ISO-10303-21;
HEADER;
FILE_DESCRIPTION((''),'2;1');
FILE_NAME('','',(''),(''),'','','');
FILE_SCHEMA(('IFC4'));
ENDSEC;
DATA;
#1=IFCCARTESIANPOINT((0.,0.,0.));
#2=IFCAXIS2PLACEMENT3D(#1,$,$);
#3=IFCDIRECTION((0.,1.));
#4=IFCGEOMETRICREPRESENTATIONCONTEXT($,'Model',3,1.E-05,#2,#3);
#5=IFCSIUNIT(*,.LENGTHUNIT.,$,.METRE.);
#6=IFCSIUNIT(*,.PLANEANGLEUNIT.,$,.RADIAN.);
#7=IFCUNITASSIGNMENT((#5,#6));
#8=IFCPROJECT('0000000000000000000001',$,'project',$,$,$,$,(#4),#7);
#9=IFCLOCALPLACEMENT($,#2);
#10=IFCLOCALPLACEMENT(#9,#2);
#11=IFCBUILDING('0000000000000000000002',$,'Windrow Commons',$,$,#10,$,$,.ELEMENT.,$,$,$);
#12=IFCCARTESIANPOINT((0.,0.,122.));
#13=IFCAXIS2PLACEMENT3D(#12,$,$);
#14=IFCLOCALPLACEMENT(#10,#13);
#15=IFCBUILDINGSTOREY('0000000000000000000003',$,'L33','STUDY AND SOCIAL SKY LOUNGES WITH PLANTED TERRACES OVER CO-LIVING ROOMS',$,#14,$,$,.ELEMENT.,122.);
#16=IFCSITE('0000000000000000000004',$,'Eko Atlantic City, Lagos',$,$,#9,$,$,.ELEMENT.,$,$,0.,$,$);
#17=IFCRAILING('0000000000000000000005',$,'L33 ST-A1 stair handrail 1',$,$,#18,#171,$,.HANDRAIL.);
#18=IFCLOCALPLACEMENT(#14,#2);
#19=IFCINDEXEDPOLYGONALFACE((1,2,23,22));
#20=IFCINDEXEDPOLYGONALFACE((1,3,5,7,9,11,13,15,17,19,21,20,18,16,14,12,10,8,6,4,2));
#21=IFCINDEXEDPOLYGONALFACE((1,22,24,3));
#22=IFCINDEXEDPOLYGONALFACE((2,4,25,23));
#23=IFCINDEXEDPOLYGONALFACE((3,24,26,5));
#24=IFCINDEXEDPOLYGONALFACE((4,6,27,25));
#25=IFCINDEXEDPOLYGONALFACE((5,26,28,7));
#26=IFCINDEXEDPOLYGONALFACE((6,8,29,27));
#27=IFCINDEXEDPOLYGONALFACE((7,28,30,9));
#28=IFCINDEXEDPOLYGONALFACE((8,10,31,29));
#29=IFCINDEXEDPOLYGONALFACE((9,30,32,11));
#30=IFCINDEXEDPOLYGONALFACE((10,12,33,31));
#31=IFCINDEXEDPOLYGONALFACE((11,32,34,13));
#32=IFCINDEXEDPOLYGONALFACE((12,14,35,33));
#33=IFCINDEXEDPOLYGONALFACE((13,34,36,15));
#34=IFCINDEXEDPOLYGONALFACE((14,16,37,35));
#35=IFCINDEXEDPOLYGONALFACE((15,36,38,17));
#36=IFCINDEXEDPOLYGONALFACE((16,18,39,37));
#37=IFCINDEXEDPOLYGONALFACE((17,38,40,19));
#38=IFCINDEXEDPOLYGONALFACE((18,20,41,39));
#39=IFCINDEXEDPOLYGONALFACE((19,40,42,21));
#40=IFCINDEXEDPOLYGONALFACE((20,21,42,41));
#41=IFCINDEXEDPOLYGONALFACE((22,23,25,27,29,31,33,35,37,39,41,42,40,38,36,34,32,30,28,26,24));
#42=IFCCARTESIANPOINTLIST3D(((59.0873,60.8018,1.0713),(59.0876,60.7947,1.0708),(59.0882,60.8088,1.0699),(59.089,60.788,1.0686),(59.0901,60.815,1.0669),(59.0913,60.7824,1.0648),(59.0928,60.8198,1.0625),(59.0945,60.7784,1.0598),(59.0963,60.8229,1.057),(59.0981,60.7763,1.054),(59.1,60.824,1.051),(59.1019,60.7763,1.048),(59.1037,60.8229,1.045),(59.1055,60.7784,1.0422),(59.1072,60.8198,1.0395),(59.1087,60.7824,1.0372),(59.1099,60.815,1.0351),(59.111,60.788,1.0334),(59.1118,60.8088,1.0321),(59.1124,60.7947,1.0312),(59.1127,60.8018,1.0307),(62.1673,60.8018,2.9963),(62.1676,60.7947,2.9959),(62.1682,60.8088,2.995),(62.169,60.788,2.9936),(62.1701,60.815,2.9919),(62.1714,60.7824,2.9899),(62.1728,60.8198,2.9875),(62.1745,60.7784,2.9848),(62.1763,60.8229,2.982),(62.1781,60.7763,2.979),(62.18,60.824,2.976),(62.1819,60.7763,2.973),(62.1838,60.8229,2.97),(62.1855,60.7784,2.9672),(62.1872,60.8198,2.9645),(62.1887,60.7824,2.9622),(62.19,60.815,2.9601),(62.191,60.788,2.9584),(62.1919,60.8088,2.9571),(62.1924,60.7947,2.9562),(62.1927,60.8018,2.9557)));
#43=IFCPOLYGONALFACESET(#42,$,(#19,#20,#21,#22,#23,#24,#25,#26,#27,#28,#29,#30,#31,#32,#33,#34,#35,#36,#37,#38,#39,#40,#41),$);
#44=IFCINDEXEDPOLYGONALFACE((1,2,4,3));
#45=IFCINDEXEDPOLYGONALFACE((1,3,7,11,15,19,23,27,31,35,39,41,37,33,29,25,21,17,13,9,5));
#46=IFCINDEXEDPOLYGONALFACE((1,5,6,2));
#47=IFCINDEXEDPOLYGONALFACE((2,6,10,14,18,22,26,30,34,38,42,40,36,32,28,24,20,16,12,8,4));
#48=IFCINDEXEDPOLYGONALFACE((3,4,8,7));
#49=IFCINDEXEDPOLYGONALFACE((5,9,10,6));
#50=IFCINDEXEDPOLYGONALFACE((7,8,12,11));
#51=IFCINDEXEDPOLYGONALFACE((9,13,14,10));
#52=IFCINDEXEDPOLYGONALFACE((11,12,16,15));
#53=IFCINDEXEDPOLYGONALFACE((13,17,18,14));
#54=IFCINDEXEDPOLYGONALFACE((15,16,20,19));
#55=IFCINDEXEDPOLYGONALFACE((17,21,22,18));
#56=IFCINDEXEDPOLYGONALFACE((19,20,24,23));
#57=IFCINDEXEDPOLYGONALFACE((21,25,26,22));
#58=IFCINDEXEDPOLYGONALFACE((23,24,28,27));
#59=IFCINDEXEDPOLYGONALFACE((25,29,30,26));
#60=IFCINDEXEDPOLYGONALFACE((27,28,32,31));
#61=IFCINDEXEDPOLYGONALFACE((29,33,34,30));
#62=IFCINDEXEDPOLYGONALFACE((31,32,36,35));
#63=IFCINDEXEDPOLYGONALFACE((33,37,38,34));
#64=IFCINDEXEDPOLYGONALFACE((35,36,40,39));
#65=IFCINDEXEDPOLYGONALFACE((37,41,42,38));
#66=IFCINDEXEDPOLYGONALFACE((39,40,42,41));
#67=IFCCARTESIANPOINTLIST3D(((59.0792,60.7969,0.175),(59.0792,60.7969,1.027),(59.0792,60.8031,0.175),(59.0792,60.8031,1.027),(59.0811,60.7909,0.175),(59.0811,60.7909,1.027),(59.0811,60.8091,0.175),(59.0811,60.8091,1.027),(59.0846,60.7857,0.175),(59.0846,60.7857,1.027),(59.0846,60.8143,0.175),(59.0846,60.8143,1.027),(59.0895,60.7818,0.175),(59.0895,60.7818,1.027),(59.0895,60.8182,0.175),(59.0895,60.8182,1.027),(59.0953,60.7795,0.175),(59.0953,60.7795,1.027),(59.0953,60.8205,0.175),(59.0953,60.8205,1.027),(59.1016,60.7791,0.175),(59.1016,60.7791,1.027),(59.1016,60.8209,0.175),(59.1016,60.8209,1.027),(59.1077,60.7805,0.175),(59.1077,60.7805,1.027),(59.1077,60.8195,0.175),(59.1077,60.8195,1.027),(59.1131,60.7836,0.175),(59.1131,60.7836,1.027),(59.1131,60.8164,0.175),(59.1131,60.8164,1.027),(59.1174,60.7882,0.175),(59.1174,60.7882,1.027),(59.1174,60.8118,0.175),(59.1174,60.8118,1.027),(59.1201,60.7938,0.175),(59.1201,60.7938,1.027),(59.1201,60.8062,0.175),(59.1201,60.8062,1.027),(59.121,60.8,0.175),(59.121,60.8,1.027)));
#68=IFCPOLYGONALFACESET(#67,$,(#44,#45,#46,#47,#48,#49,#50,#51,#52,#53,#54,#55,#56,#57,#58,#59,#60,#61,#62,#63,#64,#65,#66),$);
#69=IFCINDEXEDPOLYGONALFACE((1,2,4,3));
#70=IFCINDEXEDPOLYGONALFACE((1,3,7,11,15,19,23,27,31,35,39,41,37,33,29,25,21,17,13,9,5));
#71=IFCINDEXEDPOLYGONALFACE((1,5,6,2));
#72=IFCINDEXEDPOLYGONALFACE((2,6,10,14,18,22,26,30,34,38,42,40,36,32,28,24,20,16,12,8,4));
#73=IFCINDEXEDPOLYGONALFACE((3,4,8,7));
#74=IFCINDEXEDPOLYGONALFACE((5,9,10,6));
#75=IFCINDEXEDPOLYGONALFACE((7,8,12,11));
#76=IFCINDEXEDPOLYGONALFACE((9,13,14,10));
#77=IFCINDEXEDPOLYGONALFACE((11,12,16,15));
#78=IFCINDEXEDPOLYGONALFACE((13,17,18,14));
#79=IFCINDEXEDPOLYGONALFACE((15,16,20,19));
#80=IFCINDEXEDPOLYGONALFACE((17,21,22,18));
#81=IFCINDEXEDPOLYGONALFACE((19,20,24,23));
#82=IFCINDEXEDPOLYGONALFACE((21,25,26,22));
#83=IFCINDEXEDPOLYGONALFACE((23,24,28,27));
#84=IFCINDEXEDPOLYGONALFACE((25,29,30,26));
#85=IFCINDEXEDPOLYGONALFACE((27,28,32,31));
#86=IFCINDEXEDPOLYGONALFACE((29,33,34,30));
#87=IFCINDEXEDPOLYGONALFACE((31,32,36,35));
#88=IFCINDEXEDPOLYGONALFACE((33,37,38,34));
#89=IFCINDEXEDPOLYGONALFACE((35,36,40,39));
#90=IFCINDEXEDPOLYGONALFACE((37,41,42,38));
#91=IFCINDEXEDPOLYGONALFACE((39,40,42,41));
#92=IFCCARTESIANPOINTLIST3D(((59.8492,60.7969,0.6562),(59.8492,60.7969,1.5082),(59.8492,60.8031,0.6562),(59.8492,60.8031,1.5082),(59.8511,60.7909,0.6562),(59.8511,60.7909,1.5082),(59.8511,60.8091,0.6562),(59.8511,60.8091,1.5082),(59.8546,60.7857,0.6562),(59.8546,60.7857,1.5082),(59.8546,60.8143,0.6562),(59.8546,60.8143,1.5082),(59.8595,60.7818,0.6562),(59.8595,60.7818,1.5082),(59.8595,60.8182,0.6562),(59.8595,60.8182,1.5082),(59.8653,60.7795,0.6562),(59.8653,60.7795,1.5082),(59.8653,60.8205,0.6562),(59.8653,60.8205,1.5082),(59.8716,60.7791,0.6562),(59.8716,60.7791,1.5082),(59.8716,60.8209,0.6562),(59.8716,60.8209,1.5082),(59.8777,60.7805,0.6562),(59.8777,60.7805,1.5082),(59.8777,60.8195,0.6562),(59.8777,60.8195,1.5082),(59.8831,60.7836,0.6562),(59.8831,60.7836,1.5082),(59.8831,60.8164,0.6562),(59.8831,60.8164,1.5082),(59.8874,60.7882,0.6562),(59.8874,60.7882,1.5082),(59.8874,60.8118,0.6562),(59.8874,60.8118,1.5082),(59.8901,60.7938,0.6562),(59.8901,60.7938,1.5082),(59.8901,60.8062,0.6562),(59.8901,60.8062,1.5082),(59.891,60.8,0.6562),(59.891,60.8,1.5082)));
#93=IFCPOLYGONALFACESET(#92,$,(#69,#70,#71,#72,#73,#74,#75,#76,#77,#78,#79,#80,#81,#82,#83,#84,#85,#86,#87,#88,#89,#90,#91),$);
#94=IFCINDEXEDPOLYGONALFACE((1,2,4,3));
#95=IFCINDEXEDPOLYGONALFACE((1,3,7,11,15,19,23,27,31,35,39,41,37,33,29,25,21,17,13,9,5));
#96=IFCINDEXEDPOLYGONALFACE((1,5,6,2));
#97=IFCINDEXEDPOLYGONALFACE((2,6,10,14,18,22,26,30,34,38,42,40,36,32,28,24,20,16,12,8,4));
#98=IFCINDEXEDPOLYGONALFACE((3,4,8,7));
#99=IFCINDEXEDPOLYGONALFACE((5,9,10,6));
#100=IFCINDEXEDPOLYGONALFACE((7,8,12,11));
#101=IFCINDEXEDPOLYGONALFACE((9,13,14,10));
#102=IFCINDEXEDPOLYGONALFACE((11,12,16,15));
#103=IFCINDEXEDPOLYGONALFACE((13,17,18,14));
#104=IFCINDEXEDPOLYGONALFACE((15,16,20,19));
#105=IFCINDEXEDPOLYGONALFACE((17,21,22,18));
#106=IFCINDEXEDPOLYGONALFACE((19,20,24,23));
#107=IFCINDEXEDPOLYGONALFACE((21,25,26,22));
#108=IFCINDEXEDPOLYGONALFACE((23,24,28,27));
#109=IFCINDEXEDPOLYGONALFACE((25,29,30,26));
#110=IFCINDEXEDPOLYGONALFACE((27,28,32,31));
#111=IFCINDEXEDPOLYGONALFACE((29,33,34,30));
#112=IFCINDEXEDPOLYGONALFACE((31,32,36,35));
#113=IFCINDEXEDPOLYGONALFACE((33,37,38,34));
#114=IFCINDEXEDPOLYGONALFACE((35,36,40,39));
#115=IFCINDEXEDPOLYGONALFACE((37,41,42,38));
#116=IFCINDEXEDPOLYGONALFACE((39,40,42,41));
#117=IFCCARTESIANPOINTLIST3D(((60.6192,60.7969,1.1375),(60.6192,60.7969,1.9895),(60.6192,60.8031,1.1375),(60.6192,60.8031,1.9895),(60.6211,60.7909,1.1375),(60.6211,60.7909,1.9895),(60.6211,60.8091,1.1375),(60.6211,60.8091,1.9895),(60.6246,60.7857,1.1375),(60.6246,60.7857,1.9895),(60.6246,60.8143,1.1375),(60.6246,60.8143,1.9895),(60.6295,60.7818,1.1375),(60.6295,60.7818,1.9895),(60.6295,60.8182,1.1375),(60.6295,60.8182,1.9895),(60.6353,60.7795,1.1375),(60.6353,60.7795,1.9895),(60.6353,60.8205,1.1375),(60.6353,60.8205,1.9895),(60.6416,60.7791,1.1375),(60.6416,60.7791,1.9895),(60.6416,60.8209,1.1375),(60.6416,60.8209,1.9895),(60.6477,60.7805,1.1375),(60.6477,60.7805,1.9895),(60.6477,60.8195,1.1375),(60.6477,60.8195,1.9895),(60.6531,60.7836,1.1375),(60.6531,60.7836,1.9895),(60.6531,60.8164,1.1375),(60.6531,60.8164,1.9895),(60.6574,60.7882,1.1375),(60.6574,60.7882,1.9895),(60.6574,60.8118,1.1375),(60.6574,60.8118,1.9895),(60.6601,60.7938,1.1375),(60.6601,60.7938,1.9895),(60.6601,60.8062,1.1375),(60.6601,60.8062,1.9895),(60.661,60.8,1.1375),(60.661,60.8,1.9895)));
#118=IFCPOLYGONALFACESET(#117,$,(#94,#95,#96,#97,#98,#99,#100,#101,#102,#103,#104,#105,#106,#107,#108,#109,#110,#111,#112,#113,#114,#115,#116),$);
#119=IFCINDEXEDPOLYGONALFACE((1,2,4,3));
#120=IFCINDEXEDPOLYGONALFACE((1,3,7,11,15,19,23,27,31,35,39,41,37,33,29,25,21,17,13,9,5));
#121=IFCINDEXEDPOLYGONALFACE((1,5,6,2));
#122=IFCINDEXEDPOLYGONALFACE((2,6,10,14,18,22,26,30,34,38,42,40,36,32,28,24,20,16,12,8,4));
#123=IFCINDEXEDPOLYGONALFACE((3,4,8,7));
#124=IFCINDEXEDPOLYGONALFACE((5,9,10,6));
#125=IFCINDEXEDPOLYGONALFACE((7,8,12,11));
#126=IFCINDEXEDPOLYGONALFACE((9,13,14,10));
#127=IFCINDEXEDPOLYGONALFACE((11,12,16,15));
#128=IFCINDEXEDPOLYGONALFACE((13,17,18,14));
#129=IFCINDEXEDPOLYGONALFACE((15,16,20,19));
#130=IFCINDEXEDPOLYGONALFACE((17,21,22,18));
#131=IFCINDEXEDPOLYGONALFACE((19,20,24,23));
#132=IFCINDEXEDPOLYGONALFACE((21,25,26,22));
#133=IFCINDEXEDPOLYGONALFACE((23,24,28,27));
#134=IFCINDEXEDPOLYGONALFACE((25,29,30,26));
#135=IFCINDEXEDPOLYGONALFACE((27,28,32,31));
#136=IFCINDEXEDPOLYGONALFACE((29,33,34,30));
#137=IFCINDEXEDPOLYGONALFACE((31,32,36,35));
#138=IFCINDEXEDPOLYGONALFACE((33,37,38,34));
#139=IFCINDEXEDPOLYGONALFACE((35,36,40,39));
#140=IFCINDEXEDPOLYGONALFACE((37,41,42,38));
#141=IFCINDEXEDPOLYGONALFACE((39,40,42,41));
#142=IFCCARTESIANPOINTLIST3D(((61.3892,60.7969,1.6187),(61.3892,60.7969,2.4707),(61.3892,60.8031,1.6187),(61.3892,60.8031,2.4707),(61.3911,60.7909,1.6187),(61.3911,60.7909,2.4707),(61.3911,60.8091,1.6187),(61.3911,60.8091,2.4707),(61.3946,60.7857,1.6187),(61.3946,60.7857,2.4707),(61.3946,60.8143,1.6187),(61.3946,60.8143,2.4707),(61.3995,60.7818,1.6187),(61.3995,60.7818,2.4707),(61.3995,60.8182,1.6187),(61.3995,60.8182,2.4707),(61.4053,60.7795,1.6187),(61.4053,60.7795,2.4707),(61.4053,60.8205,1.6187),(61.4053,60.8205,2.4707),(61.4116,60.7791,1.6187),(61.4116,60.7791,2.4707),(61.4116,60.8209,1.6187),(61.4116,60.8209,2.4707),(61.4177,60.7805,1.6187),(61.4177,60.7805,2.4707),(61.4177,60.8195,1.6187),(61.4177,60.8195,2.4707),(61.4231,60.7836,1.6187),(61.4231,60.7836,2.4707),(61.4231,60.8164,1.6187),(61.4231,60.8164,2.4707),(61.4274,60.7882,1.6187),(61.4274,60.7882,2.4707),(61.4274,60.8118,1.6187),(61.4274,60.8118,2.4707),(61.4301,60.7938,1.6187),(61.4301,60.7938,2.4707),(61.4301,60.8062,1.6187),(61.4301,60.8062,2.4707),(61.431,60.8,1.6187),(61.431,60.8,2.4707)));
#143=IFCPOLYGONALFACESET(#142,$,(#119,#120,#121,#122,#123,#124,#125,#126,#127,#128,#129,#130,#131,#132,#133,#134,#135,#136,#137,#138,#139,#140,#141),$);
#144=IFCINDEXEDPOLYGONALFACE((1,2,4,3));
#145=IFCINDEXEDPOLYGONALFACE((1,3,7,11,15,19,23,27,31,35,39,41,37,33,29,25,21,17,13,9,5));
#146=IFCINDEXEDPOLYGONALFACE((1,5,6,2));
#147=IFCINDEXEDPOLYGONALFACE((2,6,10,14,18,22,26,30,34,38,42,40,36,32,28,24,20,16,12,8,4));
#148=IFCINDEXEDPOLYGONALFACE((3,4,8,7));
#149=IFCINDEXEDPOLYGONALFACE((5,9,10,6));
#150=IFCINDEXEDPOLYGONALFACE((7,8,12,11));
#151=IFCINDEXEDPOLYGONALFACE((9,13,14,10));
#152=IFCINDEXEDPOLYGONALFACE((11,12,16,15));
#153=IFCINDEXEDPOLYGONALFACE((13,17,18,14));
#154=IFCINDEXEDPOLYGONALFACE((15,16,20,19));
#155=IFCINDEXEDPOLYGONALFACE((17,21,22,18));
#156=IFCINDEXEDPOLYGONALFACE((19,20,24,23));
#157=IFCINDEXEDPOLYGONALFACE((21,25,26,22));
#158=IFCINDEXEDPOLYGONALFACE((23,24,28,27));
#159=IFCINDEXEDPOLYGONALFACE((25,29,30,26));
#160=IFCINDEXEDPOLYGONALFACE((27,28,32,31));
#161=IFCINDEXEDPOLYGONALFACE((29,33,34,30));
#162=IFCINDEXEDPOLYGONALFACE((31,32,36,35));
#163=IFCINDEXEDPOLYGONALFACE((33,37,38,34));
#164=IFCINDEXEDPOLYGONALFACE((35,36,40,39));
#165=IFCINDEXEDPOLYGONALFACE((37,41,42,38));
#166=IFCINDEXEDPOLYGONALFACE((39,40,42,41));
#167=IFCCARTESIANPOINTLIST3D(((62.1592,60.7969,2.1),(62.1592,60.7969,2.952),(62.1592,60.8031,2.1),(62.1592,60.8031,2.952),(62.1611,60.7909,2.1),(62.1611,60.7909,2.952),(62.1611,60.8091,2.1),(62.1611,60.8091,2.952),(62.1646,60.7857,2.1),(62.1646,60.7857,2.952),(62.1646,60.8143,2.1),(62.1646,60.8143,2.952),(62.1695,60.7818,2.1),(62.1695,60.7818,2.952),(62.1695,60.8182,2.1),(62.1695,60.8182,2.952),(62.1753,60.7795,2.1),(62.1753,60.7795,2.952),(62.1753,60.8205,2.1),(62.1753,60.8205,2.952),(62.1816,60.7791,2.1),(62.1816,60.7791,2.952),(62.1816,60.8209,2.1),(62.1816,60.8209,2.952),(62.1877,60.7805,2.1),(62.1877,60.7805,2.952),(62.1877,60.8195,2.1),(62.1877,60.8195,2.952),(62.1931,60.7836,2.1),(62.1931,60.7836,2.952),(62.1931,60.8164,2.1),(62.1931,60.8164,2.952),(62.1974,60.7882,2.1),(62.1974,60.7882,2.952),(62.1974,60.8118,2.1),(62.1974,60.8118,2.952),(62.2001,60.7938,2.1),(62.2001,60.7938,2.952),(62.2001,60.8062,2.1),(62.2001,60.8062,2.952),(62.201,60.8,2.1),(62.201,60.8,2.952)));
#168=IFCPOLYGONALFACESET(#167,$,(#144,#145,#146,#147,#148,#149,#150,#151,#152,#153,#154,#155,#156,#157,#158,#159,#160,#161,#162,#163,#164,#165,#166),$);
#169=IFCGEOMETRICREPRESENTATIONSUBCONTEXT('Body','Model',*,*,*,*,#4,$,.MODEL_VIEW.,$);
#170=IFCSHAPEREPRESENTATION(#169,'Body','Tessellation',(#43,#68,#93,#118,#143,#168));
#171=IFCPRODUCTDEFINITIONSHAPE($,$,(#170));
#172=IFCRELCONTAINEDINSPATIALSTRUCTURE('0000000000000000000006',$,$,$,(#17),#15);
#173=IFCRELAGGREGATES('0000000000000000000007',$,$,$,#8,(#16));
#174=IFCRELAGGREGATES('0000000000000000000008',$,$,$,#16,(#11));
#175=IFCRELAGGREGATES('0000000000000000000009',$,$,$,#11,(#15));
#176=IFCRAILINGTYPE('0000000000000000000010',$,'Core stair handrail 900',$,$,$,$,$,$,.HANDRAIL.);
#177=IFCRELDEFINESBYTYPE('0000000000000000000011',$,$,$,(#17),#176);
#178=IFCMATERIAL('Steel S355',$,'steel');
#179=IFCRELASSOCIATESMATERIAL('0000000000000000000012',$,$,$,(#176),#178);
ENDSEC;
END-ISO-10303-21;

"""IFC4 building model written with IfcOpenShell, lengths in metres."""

from ifc_helpers import new_model, si_unit, direction, frame, origin, origin_2d, place, context, subcontext, project, spatial, circle, extrude, material, type_object, element, save


model = new_model("IFC4")

# Units and contexts
model_context = context("Model", 3, precision=1e-05, world=origin(), true_north=direction((0.0, 1.0)))
body_context = subcontext(model_context, "Body", "Model", "MODEL_VIEW")
ifc_project = project(units=[si_unit("LENGTHUNIT", "METRE"), si_unit("PLANEANGLEUNIT", "RADIAN")], contexts=[model_context])

# Site, building, storey
site_placement = place(None, origin())
site = spatial("IfcSite", under=ifc_project, at=site_placement, Name="Eko Atlantic City, Lagos", CompositionType="ELEMENT", RefElevation=0.0)
building_placement = place(site_placement, origin())
building = spatial("IfcBuilding", under=site, at=building_placement, Name="Windrow Commons", CompositionType="ELEMENT")
storey_placement = place(building_placement, frame((0.0, 0.0, 122.0)))
storey = spatial("IfcBuildingStorey", under=building, at=storey_placement, Name="L33", Description="STUDY AND SOCIAL SKY LOUNGES WITH PLANTED TERRACES OVER CO-LIVING ROOMS", CompositionType="ELEMENT", Elevation=122.0)

# Railing
ifc_material_1 = material(Name="Steel S355", Category="steel")
railing_type_1 = type_object("IfcRailingType", Name="Core stair handrail 900", PredefinedType="HANDRAIL", material=ifc_material_1)
railing_1_placement = place(storey_placement, frame((59.1, 60.8, 0.175)))
element("IfcRailing", 1, at=railing_1_placement, inside=storey, type_object=railing_type_1, Name="L33 ST-A1 stair handrail 1", PredefinedType="HANDRAIL", context=body_context, shape_type="SweptSolid", body=[
    extrude(circle(Radius=0.024, at=origin_2d()), frame((0.0, 0.0, 0.876), z_axis=(0.847998, 0.0, 0.529999), x_axis=(0.0, 1.0, 0.0)), (0.0, 0.0, 1.0), 3.6321),
    extrude(circle(Radius=0.021, at=origin_2d()), origin(), (0.0, 0.0, 1.0), 0.852),
    extrude(circle(Radius=0.021, at=origin_2d()), frame((0.77, 0.0, 0.4812)), (0.0, 0.0, 1.0), 0.852),
    extrude(circle(Radius=0.021, at=origin_2d()), frame((1.54, 0.0, 0.9625)), (0.0, 0.0, 1.0), 0.852),
    extrude(circle(Radius=0.021, at=origin_2d()), frame((2.31, 0.0, 1.4437)), (0.0, 0.0, 1.0), 0.852),
    extrude(circle(Radius=0.021, at=origin_2d()), frame((3.08, 0.0, 1.925)), (0.0, 0.0, 1.0), 0.852),
])

save(model, "model.ifc")
